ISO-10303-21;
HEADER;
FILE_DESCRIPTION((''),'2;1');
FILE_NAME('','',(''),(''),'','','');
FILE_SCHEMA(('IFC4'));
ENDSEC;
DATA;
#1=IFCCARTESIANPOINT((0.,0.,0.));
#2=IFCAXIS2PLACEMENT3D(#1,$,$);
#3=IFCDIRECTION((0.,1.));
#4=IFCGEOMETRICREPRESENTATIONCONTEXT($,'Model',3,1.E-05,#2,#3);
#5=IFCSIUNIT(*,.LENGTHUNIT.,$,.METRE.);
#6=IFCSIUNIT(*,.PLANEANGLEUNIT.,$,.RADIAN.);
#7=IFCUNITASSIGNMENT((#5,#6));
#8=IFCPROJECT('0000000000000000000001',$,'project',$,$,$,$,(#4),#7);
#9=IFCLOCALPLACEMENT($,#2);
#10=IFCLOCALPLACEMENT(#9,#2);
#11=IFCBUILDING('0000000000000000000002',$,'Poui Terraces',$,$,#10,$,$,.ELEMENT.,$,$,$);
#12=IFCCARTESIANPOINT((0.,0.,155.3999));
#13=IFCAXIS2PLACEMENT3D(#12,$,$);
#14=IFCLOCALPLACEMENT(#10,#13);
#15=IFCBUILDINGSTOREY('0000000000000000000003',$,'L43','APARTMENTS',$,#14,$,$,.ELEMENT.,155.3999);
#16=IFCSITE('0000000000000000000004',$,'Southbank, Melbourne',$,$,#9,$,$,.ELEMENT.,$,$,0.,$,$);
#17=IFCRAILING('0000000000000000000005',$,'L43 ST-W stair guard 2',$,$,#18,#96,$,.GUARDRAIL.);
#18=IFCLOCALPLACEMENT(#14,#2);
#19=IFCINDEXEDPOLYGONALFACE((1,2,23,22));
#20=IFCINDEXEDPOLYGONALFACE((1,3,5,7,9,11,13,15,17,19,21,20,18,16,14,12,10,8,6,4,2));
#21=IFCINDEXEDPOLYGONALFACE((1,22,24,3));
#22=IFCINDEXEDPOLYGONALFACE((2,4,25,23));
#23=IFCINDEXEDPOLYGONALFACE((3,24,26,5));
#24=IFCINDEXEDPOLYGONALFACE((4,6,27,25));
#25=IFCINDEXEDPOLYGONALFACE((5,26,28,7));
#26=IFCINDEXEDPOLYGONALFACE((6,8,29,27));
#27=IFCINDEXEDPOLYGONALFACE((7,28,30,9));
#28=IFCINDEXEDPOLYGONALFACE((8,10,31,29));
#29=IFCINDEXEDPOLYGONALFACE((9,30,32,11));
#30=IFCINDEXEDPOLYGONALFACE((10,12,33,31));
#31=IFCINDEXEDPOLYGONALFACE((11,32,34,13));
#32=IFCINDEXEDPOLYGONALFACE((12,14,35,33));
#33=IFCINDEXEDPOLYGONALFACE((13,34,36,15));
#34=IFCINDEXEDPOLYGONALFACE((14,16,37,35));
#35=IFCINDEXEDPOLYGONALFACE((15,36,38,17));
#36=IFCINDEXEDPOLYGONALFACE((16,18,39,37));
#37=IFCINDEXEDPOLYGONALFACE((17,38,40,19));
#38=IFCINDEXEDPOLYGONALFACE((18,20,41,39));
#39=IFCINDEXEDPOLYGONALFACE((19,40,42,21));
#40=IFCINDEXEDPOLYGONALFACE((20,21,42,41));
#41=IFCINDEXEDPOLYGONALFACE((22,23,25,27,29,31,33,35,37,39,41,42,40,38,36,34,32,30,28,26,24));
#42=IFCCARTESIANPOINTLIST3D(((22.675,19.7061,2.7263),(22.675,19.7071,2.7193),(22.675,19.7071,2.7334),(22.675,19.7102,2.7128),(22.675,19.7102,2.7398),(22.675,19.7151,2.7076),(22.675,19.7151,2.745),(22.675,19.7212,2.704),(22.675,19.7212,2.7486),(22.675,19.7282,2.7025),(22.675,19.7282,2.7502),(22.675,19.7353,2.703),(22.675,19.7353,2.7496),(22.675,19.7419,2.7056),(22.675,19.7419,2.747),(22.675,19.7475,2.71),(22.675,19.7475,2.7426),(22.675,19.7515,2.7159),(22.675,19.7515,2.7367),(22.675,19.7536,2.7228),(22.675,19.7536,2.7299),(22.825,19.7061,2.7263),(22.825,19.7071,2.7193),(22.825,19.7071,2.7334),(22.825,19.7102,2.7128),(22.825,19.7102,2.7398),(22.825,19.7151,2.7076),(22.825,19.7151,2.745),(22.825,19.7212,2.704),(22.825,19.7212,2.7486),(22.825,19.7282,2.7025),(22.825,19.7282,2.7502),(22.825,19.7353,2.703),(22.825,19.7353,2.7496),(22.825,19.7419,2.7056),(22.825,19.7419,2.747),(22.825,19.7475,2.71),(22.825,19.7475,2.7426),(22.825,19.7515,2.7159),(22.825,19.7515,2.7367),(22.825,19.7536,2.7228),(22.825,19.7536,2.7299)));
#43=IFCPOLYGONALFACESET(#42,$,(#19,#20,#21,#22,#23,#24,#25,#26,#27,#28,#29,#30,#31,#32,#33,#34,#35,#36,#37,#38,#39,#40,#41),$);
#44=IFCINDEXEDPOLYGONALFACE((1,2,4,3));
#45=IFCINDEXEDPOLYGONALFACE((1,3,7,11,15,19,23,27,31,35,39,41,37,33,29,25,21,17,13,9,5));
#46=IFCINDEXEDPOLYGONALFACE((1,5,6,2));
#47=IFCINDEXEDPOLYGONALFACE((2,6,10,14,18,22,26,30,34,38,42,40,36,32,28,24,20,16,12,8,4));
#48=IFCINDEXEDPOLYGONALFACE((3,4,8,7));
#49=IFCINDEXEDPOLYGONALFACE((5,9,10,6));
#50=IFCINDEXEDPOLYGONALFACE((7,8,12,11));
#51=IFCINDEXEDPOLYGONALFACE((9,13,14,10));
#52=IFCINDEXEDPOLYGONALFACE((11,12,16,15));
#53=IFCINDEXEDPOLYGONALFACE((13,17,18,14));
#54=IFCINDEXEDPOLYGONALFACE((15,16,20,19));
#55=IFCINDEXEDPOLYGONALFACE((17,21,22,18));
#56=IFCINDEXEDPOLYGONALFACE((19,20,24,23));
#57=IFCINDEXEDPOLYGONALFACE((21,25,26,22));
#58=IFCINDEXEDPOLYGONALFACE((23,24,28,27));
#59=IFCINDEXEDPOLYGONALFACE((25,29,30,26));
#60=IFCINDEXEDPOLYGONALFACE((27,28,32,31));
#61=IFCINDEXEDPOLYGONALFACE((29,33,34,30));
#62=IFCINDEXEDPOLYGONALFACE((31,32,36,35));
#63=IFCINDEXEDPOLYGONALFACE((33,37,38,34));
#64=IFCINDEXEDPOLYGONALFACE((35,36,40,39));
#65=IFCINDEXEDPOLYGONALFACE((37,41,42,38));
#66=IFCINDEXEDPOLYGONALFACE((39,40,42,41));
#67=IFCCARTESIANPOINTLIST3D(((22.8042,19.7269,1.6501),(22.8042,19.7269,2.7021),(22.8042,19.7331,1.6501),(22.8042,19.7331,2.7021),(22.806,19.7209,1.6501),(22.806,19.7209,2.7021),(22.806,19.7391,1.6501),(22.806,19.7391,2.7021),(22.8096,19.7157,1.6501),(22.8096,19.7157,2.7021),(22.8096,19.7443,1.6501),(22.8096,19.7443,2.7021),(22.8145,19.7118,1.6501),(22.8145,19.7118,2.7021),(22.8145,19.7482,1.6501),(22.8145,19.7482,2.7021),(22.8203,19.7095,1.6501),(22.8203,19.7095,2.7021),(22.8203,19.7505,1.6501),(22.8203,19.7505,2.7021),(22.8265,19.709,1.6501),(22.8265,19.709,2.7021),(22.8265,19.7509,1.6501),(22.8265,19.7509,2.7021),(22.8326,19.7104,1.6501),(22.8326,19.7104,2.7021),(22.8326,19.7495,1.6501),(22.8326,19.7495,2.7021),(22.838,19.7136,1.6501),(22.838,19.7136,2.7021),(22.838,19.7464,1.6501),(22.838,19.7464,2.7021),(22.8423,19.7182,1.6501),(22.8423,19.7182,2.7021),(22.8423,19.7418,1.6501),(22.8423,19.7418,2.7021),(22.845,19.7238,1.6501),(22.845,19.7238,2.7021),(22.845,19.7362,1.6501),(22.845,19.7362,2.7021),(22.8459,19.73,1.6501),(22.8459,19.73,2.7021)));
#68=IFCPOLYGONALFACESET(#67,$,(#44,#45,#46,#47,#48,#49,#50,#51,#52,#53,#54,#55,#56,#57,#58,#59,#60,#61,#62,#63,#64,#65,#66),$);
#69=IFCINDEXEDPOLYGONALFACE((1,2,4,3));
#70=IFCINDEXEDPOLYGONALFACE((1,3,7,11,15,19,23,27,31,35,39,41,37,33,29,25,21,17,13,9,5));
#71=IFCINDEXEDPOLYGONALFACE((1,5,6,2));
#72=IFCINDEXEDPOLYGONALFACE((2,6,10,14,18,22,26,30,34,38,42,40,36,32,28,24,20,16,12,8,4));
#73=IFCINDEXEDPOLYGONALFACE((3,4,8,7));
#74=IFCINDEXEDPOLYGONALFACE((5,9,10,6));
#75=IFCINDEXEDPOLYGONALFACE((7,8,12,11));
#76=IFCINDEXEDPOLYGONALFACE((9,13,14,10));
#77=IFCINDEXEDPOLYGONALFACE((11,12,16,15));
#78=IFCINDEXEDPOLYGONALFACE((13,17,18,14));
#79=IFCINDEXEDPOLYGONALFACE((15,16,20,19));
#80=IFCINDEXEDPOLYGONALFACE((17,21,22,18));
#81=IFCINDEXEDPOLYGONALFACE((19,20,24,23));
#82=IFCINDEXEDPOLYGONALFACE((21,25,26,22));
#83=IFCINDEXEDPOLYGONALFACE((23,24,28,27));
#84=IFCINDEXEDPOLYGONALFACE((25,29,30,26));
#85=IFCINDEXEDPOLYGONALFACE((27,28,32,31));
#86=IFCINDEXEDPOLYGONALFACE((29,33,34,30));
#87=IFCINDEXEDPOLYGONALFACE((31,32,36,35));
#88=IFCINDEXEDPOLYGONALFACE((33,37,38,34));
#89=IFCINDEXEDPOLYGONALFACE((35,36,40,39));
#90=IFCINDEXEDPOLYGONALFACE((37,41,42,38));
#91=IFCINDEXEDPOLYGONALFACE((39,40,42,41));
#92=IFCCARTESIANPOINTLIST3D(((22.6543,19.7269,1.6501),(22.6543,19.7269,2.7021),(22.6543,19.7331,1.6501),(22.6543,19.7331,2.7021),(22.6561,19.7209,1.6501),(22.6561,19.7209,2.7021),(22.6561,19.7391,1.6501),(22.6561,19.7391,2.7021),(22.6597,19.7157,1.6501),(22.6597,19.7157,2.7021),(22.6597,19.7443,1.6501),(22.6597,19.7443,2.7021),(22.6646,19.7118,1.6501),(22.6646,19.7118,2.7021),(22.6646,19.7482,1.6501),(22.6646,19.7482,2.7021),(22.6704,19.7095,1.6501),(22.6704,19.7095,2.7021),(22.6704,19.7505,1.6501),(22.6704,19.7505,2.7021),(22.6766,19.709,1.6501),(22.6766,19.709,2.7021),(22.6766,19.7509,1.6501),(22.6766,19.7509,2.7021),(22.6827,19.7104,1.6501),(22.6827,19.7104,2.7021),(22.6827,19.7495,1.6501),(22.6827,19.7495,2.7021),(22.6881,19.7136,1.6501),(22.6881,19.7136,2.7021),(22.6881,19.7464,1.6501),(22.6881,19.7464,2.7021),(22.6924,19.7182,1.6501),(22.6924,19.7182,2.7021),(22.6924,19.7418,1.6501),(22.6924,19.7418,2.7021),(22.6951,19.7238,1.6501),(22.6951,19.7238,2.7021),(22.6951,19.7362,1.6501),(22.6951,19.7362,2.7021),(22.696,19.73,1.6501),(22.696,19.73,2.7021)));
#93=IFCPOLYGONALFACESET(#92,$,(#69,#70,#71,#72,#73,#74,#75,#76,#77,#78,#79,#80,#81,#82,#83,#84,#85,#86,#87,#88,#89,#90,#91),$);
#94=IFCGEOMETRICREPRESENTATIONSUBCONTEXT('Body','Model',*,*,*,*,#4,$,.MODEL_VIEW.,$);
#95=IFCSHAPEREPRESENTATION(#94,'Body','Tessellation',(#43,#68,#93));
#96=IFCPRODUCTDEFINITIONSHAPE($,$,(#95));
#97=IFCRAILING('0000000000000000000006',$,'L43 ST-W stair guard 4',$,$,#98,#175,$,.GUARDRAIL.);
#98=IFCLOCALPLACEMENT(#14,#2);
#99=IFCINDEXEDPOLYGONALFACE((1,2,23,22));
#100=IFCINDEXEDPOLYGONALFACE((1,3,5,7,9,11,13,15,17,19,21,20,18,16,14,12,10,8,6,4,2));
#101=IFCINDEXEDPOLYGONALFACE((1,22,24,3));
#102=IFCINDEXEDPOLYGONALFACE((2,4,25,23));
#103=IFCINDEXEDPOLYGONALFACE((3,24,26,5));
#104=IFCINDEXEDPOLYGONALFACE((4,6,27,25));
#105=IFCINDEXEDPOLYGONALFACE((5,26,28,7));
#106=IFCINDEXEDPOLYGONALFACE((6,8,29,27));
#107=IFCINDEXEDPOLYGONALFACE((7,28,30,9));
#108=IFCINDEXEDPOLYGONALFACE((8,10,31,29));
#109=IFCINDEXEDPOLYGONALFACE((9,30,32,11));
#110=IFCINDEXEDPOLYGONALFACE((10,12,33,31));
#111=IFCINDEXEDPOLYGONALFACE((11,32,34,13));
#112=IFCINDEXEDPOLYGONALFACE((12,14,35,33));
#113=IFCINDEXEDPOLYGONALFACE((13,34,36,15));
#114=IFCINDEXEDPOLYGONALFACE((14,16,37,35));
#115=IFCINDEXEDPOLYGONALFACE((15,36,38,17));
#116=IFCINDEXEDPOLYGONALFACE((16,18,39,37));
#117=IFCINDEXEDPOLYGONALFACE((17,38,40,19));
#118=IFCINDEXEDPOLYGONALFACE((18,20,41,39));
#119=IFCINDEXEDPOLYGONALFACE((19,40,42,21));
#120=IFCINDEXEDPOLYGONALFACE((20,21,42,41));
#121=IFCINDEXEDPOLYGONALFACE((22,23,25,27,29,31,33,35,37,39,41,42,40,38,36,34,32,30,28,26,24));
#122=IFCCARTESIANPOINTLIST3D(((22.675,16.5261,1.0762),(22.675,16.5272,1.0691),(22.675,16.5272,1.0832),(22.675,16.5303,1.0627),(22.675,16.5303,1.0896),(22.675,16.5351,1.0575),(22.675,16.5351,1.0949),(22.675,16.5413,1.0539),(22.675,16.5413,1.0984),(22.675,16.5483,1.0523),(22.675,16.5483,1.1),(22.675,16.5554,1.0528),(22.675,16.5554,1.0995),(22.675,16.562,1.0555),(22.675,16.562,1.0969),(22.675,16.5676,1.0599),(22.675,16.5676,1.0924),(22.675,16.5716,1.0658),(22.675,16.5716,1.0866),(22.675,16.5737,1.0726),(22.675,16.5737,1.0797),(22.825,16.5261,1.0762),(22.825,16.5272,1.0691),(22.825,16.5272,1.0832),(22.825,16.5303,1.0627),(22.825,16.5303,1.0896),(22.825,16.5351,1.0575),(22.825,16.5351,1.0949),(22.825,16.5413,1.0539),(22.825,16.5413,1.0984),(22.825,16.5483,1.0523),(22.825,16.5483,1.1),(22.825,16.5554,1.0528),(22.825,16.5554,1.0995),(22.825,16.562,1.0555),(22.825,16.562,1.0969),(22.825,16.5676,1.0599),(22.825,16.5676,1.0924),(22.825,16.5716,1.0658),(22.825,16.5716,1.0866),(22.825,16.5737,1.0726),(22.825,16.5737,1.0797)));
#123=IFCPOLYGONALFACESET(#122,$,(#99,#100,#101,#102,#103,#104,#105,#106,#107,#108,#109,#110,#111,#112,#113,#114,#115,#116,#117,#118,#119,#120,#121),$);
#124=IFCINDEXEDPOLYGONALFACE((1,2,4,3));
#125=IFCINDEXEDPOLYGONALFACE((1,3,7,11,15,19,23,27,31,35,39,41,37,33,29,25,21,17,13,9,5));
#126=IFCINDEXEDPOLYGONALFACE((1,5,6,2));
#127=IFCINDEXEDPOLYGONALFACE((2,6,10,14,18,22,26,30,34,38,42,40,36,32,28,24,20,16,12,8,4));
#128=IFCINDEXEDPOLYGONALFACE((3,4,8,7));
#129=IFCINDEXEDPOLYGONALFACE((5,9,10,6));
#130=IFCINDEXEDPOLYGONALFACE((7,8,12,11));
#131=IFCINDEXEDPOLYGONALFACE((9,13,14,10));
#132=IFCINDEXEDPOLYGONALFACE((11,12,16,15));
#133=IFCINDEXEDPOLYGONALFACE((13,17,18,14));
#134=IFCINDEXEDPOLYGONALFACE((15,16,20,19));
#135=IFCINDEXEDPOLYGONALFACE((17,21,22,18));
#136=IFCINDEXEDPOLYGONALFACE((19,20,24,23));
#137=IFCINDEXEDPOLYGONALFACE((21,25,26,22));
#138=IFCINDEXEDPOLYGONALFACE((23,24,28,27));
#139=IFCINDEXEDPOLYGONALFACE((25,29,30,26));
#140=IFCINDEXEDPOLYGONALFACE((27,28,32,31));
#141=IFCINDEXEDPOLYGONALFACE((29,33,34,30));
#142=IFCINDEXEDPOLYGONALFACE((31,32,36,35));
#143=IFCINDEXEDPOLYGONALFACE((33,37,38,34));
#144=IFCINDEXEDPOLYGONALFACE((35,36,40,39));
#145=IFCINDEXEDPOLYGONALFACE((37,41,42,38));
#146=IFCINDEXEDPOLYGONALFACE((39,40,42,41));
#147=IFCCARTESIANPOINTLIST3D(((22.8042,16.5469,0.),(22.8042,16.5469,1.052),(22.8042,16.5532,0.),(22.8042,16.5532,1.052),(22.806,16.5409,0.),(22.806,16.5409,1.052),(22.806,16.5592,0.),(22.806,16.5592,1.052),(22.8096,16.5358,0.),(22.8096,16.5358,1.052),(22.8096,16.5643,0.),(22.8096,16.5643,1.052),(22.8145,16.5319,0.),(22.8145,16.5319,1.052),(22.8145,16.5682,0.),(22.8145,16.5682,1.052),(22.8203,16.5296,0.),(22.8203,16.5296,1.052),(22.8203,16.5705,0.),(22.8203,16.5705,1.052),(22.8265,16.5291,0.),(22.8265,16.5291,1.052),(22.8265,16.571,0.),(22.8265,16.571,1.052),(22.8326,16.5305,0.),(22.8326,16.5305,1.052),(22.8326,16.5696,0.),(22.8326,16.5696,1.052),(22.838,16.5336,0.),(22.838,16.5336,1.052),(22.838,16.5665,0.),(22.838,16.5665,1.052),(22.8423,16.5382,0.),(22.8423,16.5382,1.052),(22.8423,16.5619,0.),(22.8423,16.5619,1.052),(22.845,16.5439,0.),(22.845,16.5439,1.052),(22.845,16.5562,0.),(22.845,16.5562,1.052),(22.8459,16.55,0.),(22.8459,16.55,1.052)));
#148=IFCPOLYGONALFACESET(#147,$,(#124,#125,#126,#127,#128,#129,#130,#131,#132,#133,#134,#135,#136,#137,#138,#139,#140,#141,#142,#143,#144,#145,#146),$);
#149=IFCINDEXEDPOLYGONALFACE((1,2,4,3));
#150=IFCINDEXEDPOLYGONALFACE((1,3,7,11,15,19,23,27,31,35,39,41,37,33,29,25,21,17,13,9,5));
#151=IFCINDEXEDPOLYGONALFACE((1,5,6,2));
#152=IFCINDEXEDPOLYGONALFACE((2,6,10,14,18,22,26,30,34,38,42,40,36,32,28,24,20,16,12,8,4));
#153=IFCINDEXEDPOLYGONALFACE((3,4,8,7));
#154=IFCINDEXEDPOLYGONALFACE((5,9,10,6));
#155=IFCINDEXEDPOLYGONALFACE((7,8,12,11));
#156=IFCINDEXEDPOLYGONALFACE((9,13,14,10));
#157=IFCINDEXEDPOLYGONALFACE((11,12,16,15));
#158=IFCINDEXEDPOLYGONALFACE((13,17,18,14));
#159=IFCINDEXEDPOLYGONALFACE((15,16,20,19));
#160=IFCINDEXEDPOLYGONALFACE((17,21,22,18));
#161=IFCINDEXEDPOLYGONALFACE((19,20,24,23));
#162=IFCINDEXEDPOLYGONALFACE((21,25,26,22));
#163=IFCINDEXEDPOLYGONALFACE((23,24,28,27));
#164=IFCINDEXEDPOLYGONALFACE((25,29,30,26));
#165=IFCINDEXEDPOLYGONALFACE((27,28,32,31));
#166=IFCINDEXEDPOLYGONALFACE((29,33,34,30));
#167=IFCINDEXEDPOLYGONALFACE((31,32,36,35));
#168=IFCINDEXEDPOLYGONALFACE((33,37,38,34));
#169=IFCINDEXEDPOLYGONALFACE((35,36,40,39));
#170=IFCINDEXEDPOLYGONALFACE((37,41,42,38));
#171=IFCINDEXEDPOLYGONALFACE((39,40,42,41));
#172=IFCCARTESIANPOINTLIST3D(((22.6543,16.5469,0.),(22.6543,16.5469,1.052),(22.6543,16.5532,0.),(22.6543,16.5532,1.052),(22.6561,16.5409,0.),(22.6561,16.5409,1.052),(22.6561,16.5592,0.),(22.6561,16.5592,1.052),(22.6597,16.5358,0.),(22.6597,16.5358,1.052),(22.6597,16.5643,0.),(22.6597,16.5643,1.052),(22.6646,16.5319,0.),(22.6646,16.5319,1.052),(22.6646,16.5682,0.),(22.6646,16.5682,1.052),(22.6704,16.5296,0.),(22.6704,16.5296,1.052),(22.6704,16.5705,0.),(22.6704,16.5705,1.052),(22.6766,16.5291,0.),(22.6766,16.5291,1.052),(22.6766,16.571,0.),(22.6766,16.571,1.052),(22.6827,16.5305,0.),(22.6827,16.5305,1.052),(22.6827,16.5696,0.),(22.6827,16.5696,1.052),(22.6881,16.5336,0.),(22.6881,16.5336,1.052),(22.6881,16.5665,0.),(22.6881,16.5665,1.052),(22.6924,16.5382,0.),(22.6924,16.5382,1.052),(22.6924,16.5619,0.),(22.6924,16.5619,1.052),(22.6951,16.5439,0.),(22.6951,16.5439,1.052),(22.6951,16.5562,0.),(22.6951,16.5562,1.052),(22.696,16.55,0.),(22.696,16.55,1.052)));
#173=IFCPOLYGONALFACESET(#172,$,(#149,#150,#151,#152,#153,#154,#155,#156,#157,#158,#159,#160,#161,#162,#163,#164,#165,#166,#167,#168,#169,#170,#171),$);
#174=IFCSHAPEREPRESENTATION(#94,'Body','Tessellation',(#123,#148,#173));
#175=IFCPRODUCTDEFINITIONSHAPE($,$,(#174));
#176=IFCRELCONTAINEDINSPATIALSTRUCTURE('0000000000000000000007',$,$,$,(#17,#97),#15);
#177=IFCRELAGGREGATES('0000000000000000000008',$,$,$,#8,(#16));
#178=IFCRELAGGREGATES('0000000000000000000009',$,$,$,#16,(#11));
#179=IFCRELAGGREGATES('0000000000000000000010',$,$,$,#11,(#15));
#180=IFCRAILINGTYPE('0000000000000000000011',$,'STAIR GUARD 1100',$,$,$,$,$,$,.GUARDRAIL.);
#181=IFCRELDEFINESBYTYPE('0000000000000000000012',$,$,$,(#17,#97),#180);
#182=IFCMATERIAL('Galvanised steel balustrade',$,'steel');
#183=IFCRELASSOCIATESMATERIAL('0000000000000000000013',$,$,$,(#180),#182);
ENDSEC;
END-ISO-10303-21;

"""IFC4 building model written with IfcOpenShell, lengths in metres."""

from ifc_helpers import new_model, si_unit, direction, frame, origin, origin_2d, place, context, subcontext, project, spatial, circle, extrude, material, type_object, element, save


model = new_model("IFC4")

# Units and contexts
model_context = context("Model", 3, precision=1e-05, world=origin(), true_north=direction((0.0, 1.0)))
body_context = subcontext(model_context, "Body", "Model", "MODEL_VIEW")
ifc_project = project(units=[si_unit("LENGTHUNIT", "METRE"), si_unit("PLANEANGLEUNIT", "RADIAN")], contexts=[model_context])

# Site, building, storey
site_placement = place(None, origin())
site = spatial("IfcSite", under=ifc_project, at=site_placement, Name="Southbank, Melbourne", CompositionType="ELEMENT", RefElevation=0.0)
building_placement = place(site_placement, origin())
building = spatial("IfcBuilding", under=site, at=building_placement, Name="Poui Terraces", CompositionType="ELEMENT")
storey_placement = place(building_placement, frame((0.0, 0.0, 155.3999)))
storey = spatial("IfcBuildingStorey", under=building, at=storey_placement, Name="L43", Description="APARTMENTS", CompositionType="ELEMENT", Elevation=155.3999)

# Railings
ifc_material_1 = material(Name="Galvanised steel balustrade", Category="steel")
railing_type_1 = type_object("IfcRailingType", Name="STAIR GUARD 1100", PredefinedType="GUARDRAIL", material=ifc_material_1)
for number, where, name in (
    (1, (22.825, 19.73, 1.6501), "L43 ST-W stair guard 2"),
    (2, (22.825, 16.55, 0.0), "L43 ST-W stair guard 4"),
):
    element("IfcRailing", number, at=place(storey_placement, frame(where)), inside=storey, type_object=railing_type_1, Name=name, PredefinedType="GUARDRAIL", context=body_context, shape_type="SweptSolid", body=[
        extrude(circle(Radius=0.0239, at=origin_2d()), frame((0.0, 0.0, 1.0762), z_axis=(-1.0, 0.0, 0.0), x_axis=(0.0, -1.0, 0.0)), (0.0, 0.0, 1.0), 0.1499),
        extrude(circle(Radius=0.021, at=origin_2d()), origin(), (0.0, 0.0, 1.0), 1.052),
        extrude(circle(Radius=0.021, at=origin_2d()), frame((-0.1499, 0.0, 0.0)), (0.0, 0.0, 1.0), 1.052),
    ])

save(model, "model.ifc")
